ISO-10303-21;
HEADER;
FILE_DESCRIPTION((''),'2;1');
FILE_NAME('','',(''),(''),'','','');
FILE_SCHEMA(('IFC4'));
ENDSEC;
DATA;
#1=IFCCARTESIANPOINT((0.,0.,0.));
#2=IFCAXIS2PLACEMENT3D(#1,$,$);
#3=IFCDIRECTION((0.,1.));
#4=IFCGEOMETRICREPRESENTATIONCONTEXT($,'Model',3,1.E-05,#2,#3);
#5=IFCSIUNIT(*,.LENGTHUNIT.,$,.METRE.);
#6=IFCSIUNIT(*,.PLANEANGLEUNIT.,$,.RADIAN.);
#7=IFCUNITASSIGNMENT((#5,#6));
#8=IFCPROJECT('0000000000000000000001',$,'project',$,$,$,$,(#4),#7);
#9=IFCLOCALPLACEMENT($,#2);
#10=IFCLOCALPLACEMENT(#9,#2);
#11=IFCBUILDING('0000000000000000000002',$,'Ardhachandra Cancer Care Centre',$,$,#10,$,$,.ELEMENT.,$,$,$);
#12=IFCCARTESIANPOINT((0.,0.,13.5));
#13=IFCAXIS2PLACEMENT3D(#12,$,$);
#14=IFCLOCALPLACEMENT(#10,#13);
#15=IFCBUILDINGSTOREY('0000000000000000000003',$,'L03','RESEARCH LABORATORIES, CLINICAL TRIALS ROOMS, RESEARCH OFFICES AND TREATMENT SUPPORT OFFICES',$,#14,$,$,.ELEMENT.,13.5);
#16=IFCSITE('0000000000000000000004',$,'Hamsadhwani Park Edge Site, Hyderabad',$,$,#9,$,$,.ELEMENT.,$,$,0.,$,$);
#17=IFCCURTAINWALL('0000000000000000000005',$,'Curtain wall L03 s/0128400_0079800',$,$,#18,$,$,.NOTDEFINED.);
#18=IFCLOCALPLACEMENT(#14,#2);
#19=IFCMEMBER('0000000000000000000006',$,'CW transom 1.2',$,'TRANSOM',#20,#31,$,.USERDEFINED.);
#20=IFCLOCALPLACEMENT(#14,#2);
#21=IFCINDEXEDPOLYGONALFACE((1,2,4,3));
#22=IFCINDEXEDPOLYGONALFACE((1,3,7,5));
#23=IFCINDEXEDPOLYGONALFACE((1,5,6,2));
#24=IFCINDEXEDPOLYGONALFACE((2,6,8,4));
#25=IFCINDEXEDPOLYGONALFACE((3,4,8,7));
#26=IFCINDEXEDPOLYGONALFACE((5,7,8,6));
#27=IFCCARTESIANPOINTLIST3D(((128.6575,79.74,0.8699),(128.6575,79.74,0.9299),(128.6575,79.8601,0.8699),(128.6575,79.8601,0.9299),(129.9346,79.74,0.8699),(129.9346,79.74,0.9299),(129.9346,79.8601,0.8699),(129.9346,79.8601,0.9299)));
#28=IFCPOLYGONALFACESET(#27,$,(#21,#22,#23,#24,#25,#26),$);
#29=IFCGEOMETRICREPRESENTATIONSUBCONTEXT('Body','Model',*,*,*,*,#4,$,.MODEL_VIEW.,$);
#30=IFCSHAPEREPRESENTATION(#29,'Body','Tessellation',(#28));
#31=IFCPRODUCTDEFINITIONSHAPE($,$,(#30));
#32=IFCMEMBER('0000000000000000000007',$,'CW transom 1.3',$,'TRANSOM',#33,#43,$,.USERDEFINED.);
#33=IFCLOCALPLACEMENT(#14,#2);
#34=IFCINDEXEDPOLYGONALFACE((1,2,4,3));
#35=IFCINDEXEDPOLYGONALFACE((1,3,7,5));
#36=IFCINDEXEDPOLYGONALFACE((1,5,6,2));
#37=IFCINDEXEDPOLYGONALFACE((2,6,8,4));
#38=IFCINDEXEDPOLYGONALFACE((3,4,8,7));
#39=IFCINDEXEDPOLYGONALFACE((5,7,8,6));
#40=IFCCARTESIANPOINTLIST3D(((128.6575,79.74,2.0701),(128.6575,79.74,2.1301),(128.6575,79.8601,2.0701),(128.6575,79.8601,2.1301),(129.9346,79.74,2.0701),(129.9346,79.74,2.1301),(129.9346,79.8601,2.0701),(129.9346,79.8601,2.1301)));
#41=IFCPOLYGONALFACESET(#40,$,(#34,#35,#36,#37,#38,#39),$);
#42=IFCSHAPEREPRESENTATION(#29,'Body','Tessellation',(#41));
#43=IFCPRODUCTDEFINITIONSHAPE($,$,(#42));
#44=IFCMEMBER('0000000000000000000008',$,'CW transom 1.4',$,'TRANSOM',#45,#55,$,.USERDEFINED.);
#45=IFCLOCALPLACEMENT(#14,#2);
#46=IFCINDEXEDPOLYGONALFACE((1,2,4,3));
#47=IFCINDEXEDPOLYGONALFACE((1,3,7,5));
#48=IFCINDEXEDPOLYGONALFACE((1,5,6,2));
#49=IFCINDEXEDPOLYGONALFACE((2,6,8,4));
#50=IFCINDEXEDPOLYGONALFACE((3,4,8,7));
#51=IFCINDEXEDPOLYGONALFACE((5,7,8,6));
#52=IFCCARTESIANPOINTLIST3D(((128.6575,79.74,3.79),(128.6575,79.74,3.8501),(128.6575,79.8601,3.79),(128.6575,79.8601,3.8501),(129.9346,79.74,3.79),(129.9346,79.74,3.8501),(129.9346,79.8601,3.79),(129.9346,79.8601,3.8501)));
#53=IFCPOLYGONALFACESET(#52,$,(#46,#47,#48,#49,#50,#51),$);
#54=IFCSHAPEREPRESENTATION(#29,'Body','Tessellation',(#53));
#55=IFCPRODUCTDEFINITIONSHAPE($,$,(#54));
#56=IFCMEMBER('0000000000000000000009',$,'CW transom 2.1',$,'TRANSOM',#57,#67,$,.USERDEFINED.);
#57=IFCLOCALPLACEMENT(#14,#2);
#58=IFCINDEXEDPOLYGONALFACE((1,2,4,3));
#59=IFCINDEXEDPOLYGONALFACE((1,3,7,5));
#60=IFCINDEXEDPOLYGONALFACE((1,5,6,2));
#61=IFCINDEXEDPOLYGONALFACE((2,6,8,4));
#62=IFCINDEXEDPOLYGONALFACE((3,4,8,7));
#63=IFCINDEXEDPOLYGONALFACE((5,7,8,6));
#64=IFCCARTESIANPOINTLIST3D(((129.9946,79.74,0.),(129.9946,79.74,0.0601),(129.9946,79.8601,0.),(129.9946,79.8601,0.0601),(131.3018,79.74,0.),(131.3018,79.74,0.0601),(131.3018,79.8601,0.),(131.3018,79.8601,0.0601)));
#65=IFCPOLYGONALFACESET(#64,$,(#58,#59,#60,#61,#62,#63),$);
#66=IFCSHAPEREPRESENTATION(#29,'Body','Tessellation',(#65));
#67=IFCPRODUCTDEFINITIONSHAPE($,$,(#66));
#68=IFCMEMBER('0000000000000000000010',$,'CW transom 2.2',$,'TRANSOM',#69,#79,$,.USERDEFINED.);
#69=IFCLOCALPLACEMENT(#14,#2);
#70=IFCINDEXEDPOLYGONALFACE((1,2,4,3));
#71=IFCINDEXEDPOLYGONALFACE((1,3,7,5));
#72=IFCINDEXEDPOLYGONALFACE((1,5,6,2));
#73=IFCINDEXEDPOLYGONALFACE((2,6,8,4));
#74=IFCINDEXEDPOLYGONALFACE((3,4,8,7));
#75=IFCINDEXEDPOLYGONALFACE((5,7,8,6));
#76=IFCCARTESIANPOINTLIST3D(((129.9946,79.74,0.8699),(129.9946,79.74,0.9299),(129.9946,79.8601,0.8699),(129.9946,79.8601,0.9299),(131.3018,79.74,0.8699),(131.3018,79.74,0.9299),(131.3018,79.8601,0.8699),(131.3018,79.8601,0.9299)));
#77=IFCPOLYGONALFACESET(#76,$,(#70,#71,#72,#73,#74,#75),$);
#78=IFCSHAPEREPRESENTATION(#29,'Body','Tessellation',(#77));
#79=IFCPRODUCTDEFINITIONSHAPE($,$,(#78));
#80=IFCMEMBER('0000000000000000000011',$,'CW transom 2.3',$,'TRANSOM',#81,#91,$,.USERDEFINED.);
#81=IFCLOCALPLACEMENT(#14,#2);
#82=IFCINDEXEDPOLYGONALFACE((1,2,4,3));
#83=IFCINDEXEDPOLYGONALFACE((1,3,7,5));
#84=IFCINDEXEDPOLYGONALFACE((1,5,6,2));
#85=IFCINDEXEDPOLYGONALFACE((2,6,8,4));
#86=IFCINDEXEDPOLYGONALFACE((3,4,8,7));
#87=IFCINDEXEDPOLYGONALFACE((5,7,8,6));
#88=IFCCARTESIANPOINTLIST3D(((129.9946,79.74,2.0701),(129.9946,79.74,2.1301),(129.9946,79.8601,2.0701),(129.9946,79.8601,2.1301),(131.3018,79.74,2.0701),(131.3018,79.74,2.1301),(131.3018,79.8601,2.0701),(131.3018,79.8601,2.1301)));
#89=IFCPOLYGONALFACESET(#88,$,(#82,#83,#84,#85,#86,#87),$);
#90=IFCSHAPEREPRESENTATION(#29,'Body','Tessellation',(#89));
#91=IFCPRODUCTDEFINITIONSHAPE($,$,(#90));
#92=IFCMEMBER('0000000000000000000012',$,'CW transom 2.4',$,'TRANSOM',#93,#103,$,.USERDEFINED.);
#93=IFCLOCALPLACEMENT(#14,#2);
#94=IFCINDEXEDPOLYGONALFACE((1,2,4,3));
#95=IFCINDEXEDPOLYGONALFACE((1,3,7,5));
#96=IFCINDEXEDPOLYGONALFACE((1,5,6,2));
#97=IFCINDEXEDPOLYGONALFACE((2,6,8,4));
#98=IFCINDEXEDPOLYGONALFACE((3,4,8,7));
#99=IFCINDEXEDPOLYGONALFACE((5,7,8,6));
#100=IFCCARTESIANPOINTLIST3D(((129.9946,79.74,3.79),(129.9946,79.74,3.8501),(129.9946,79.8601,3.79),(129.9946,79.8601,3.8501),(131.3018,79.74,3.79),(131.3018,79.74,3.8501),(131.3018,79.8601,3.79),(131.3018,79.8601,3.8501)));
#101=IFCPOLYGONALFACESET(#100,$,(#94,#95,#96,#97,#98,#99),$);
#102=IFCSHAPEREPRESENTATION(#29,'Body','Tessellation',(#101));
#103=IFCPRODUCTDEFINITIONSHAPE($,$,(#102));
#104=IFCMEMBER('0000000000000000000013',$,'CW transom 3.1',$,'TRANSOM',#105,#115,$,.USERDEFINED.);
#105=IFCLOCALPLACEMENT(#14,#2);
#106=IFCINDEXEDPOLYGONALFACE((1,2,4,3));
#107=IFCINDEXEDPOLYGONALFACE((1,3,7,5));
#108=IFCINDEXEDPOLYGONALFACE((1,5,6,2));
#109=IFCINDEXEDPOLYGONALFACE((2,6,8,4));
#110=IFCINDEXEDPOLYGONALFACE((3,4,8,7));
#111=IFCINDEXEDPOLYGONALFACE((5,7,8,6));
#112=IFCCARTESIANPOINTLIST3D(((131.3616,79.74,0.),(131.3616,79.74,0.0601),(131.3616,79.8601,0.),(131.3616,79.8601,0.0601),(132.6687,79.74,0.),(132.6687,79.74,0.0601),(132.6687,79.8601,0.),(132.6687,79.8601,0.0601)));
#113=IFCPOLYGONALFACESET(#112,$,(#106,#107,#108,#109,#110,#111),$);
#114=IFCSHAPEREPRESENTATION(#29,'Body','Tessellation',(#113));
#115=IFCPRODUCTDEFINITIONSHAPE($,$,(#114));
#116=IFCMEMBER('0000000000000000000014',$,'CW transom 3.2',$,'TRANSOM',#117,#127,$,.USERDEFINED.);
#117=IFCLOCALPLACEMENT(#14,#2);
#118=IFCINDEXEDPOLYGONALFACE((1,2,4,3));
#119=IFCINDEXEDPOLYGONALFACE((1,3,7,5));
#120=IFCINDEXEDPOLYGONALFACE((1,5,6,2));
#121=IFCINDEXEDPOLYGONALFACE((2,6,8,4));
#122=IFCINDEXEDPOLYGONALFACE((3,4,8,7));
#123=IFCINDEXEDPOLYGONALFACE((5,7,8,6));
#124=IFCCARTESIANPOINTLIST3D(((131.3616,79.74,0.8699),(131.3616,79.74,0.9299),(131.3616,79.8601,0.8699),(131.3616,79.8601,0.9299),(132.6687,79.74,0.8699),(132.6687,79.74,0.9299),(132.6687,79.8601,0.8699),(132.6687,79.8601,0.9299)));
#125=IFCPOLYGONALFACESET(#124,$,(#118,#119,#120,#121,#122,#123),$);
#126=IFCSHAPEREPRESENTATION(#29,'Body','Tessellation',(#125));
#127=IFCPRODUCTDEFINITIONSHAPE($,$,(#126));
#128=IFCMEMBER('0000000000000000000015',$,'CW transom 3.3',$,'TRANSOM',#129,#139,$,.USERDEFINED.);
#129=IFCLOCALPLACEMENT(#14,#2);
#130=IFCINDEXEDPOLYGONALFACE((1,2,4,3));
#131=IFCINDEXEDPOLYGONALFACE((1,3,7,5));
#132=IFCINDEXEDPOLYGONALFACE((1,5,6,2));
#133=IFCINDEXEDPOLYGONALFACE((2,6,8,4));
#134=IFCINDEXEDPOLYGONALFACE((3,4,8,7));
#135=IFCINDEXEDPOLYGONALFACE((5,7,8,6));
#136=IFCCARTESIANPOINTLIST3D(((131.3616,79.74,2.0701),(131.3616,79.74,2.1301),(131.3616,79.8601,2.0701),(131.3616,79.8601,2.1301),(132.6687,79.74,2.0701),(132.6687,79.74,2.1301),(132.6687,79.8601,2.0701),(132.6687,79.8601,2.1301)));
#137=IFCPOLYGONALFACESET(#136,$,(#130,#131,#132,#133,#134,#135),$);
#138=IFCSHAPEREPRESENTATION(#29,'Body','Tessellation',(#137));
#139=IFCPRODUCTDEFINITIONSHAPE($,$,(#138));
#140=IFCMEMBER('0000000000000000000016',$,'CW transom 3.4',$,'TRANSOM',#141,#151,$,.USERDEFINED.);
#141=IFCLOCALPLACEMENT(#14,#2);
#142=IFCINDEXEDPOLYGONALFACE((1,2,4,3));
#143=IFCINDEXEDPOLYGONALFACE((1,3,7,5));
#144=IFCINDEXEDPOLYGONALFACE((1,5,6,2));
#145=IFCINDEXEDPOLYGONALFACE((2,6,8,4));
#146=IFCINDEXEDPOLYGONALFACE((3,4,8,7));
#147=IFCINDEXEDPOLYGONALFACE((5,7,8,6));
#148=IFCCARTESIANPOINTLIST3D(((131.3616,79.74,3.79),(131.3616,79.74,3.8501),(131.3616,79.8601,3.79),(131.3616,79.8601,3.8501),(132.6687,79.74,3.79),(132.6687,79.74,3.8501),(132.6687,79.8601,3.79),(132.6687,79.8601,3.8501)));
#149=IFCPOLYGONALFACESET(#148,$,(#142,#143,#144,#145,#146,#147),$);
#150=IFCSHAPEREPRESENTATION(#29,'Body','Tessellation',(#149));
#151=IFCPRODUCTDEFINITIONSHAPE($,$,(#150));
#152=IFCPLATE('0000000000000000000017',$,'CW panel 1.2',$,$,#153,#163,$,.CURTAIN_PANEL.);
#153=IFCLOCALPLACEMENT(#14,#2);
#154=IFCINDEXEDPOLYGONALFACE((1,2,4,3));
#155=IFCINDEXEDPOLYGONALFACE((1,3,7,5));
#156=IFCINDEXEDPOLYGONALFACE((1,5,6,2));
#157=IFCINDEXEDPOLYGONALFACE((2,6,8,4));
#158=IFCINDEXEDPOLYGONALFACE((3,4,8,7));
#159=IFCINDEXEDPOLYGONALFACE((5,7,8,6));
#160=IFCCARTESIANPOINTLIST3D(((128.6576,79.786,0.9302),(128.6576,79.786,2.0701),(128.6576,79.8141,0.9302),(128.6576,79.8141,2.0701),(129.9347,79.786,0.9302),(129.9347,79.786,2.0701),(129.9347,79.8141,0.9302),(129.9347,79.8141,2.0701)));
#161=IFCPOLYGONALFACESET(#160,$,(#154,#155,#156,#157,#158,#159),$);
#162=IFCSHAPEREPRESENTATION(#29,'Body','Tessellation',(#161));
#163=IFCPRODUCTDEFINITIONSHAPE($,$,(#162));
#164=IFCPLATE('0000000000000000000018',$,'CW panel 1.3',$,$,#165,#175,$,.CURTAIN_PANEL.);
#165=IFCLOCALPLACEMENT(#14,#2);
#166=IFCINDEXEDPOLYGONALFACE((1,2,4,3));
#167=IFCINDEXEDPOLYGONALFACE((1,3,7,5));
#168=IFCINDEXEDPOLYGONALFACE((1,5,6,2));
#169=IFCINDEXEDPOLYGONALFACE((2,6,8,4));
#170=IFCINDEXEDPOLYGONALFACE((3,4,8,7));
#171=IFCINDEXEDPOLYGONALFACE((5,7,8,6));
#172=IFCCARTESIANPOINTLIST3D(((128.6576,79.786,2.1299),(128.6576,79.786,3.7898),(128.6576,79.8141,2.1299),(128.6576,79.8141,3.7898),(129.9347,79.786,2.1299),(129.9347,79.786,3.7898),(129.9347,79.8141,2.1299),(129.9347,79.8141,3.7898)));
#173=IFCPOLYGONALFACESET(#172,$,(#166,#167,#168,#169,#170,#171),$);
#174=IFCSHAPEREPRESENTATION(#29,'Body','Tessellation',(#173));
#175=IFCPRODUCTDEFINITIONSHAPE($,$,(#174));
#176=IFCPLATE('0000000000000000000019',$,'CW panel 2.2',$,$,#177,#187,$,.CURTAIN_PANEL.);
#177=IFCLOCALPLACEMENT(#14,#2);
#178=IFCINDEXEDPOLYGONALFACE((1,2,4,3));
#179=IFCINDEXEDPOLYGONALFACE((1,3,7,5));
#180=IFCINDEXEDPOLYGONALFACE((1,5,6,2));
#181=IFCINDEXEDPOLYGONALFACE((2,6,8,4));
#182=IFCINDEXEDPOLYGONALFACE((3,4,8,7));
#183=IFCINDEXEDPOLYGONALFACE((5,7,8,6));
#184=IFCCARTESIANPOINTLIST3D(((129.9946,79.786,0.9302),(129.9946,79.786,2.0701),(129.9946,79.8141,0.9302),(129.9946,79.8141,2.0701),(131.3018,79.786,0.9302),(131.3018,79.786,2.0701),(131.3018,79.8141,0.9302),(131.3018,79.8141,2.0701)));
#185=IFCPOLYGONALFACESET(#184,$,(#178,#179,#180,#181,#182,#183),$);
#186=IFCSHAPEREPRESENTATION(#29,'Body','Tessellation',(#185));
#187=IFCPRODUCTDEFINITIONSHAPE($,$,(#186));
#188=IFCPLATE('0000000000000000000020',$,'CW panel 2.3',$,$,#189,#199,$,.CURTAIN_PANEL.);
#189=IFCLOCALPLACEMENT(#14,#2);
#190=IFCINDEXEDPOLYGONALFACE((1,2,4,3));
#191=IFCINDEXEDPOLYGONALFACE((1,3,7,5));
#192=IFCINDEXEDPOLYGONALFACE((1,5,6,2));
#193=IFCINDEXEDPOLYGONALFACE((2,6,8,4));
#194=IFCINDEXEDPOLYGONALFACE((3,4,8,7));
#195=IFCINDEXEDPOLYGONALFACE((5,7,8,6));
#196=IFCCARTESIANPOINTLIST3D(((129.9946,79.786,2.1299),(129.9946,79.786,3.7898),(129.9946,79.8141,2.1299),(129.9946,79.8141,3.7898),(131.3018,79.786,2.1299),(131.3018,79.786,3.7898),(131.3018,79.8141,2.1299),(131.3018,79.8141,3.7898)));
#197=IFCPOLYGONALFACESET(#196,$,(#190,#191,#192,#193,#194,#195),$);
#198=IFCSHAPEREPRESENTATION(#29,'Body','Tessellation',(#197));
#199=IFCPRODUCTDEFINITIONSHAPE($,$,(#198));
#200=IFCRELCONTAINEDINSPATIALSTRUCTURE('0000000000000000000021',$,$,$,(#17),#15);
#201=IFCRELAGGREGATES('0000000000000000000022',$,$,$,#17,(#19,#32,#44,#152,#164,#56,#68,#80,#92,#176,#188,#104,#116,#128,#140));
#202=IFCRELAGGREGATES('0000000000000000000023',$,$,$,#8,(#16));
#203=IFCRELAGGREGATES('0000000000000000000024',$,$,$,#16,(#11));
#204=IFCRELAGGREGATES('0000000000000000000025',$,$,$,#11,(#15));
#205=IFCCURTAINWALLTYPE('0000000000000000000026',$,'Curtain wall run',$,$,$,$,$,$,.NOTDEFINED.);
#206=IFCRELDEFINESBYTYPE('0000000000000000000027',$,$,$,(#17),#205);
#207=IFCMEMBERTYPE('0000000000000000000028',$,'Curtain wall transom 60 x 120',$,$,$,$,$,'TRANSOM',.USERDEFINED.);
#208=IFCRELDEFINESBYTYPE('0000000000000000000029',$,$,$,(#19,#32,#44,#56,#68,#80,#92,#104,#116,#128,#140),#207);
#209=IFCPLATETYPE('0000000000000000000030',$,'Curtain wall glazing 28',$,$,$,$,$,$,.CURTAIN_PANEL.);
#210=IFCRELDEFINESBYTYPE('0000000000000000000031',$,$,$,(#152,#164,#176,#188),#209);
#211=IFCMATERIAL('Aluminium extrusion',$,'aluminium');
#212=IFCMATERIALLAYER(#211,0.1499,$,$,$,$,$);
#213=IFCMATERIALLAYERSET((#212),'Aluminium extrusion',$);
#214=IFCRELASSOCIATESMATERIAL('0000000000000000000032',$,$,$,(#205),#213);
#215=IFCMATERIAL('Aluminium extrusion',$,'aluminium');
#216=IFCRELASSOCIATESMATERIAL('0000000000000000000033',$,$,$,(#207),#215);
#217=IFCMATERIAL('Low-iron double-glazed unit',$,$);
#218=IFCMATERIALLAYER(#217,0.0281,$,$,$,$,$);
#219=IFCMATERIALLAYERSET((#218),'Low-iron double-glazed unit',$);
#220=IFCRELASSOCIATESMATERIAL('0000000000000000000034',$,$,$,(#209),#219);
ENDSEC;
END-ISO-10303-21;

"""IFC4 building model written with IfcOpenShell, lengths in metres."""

from ifc_helpers import new_model, si_unit, direction, frame, origin, origin_2d, place, context, subcontext, project, spatial, rectangle, extrude, material, layer, layer_set, material_profile, profile_set, type_object, element, aggregate, save


model = new_model("IFC4")

# Units and contexts
model_context = context("Model", 3, precision=1e-05, world=origin(), true_north=direction((0.0, 1.0)))
body_context = subcontext(model_context, "Body", "Model", "MODEL_VIEW")
ifc_project = project(units=[si_unit("LENGTHUNIT", "METRE"), si_unit("PLANEANGLEUNIT", "RADIAN")], contexts=[model_context])

# Site, building, storey
site_placement = place(None, origin())
site = spatial("IfcSite", under=ifc_project, at=site_placement, Name="Hamsadhwani Park Edge Site, Hyderabad", CompositionType="ELEMENT", RefElevation=0.0)
building_placement = place(site_placement, origin())
building = spatial("IfcBuilding", under=site, at=building_placement, Name="Ardhachandra Cancer Care Centre", CompositionType="ELEMENT")
storey_placement = place(building_placement, frame((0.0, 0.0, 13.5)))
storey = spatial("IfcBuildingStorey", under=building, at=storey_placement, Name="L03", Description="RESEARCH LABORATORIES, CLINICAL TRIALS ROOMS, RESEARCH OFFICES AND TREATMENT SUPPORT OFFICES", CompositionType="ELEMENT", Elevation=13.5)

# Curtain wall, members, plates
ifc_material_1 = material(Name="Aluminium extrusion", Category="aluminium")
ifc_layer_1 = layer(ifc_material_1, 0.1499)
ifc_layer_set_1 = layer_set([ifc_layer_1], Name="Aluminium extrusion")
curtain_wall_type = type_object("IfcCurtainWallType", Name="Curtain wall run", PredefinedType="NOTDEFINED", material=ifc_layer_set_1)
curtain_wall_placement = place(storey_placement, origin())
curtain_wall = element("IfcCurtainWall", 1, at=curtain_wall_placement, inside=storey, type_object=curtain_wall_type, Name="Curtain wall L03 s/0128400_0079800", PredefinedType="NOTDEFINED")
ifc_material_2 = material(Name="Aluminium extrusion", Category="aluminium")
ifc_material_profile_1 = material_profile(ifc_material_2, rectangle(XDim=0.1201, YDim=0.0601, at=origin_2d()), Name="Curtain wall transom 60 x 120")
ifc_profile_set_1 = profile_set([ifc_material_profile_1], Name="Aluminium extrusion")
member_type_1 = type_object("IfcMemberType", Name="Curtain wall transom 60 x 120", ElementType="TRANSOM", PredefinedType="USERDEFINED", material=ifc_profile_set_1)
member_1_placement = place(storey_placement, frame((128.6575, 79.8, 0.8999), z_axis=(1.0, 0.0, 0.0), x_axis=(0.0, 1.0, 0.0)))
member_1 = element("IfcMember", 2, at=member_1_placement, type_object=member_type_1, Name="CW transom 1.2", ObjectType="TRANSOM", PredefinedType="USERDEFINED", context=body_context, shape_type="SweptSolid", body=[
    extrude(rectangle(XDim=0.1201, YDim=0.0601, at=origin_2d()), origin(), (0.0, 0.0, 1.0), 1.2771),
])
member_2_placement = place(storey_placement, frame((128.6575, 79.8, 2.1001), z_axis=(1.0, 0.0, 0.0), x_axis=(0.0, 1.0, 0.0)))
member_2 = element("IfcMember", 3, at=member_2_placement, type_object=member_type_1, Name="CW transom 1.3", ObjectType="TRANSOM", PredefinedType="USERDEFINED", context=body_context, shape_type="SweptSolid", body=[
    extrude(rectangle(XDim=0.1201, YDim=0.0601, at=origin_2d()), origin(), (0.0, 0.0, 1.0), 1.2771),
])
member_3_placement = place(storey_placement, frame((128.6575, 79.8, 3.8201), z_axis=(1.0, 0.0, 0.0), x_axis=(0.0, 1.0, 0.0)))
member_3 = element("IfcMember", 4, at=member_3_placement, type_object=member_type_1, Name="CW transom 1.4", ObjectType="TRANSOM", PredefinedType="USERDEFINED", context=body_context, shape_type="SweptSolid", body=[
    extrude(rectangle(XDim=0.1201, YDim=0.0601, at=origin_2d()), origin(), (0.0, 0.0, 1.0), 1.2771),
])
member_4_placement = place(storey_placement, frame((129.9946, 79.8, 0.03), z_axis=(1.0, 0.0, 0.0), x_axis=(0.0, 1.0, 0.0)))
member_4 = element("IfcMember", 5, at=member_4_placement, type_object=member_type_1, Name="CW transom 2.1", ObjectType="TRANSOM", PredefinedType="USERDEFINED", context=body_context, shape_type="SweptSolid", body=[
    extrude(rectangle(XDim=0.1201, YDim=0.0601, at=origin_2d()), origin(), (0.0, 0.0, 1.0), 1.3071),
])
member_5_placement = place(storey_placement, frame((129.9946, 79.8, 0.8999), z_axis=(1.0, 0.0, 0.0), x_axis=(0.0, 1.0, 0.0)))
member_5 = element("IfcMember", 6, at=member_5_placement, type_object=member_type_1, Name="CW transom 2.2", ObjectType="TRANSOM", PredefinedType="USERDEFINED", context=body_context, shape_type="SweptSolid", body=[
    extrude(rectangle(XDim=0.1201, YDim=0.0601, at=origin_2d()), origin(), (0.0, 0.0, 1.0), 1.3071),
])
member_6_placement = place(storey_placement, frame((129.9946, 79.8, 2.1001), z_axis=(1.0, 0.0, 0.0), x_axis=(0.0, 1.0, 0.0)))
member_6 = element("IfcMember", 7, at=member_6_placement, type_object=member_type_1, Name="CW transom 2.3", ObjectType="TRANSOM", PredefinedType="USERDEFINED", context=body_context, shape_type="SweptSolid", body=[
    extrude(rectangle(XDim=0.1201, YDim=0.0601, at=origin_2d()), origin(), (0.0, 0.0, 1.0), 1.3071),
])
member_7_placement = place(storey_placement, frame((129.9946, 79.8, 3.8201), z_axis=(1.0, 0.0, 0.0), x_axis=(0.0, 1.0, 0.0)))
member_7 = element("IfcMember", 8, at=member_7_placement, type_object=member_type_1, Name="CW transom 2.4", ObjectType="TRANSOM", PredefinedType="USERDEFINED", context=body_context, shape_type="SweptSolid", body=[
    extrude(rectangle(XDim=0.1201, YDim=0.0601, at=origin_2d()), origin(), (0.0, 0.0, 1.0), 1.3071),
])
member_8_placement = place(storey_placement, frame((131.3616, 79.8, 0.03), z_axis=(1.0, 0.0, 0.0), x_axis=(0.0, 1.0, 0.0)))
member_8 = element("IfcMember", 9, at=member_8_placement, type_object=member_type_1, Name="CW transom 3.1", ObjectType="TRANSOM", PredefinedType="USERDEFINED", context=body_context, shape_type="SweptSolid", body=[
    extrude(rectangle(XDim=0.1201, YDim=0.0601, at=origin_2d()), origin(), (0.0, 0.0, 1.0), 1.3071),
])
member_9_placement = place(storey_placement, frame((131.3616, 79.8, 0.8999), z_axis=(1.0, 0.0, 0.0), x_axis=(0.0, 1.0, 0.0)))
member_9 = element("IfcMember", 10, at=member_9_placement, type_object=member_type_1, Name="CW transom 3.2", ObjectType="TRANSOM", PredefinedType="USERDEFINED", context=body_context, shape_type="SweptSolid", body=[
    extrude(rectangle(XDim=0.1201, YDim=0.0601, at=origin_2d()), origin(), (0.0, 0.0, 1.0), 1.3071),
])
member_10_placement = place(storey_placement, frame((131.3616, 79.8, 2.1001), z_axis=(1.0, 0.0, 0.0), x_axis=(0.0, 1.0, 0.0)))
member_10 = element("IfcMember", 11, at=member_10_placement, type_object=member_type_1, Name="CW transom 3.3", ObjectType="TRANSOM", PredefinedType="USERDEFINED", context=body_context, shape_type="SweptSolid", body=[
    extrude(rectangle(XDim=0.1201, YDim=0.0601, at=origin_2d()), origin(), (0.0, 0.0, 1.0), 1.3071),
])
member_11_placement = place(storey_placement, frame((131.3616, 79.8, 3.8201), z_axis=(1.0, 0.0, 0.0), x_axis=(0.0, 1.0, 0.0)))
member_11 = element("IfcMember", 12, at=member_11_placement, type_object=member_type_1, Name="CW transom 3.4", ObjectType="TRANSOM", PredefinedType="USERDEFINED", context=body_context, shape_type="SweptSolid", body=[
    extrude(rectangle(XDim=0.1201, YDim=0.0601, at=origin_2d()), origin(), (0.0, 0.0, 1.0), 1.3071),
])
ifc_material_3 = material(Name="Low-iron double-glazed unit")
ifc_layer_2 = layer(ifc_material_3, 0.0281)
ifc_layer_set_2 = layer_set([ifc_layer_2], Name="Low-iron double-glazed unit")
plate_type_1 = type_object("IfcPlateType", Name="Curtain wall glazing 28", PredefinedType="CURTAIN_PANEL", material=ifc_layer_set_2)
plate_1_placement = place(storey_placement, frame((129.2961, 79.8, 0.9302), z_axis=(0.0, 0.0, 1.0), x_axis=(1.0, 0.0, 0.0)))
plate_1 = element("IfcPlate", 13, at=plate_1_placement, type_object=plate_type_1, Name="CW panel 1.2", PredefinedType="CURTAIN_PANEL", context=body_context, shape_type="SweptSolid", body=[
    extrude(rectangle(XDim=1.2771, YDim=0.0281, at=origin_2d()), origin(), (0.0, 0.0, 1.0), 1.1399),
])
plate_2_placement = place(storey_placement, frame((129.2961, 79.8, 2.1299), z_axis=(0.0, 0.0, 1.0), x_axis=(1.0, 0.0, 0.0)))
plate_2 = element("IfcPlate", 14, at=plate_2_placement, type_object=plate_type_1, Name="CW panel 1.3", PredefinedType="CURTAIN_PANEL", context=body_context, shape_type="SweptSolid", body=[
    extrude(rectangle(XDim=1.2771, YDim=0.0281, at=origin_2d()), origin(), (0.0, 0.0, 1.0), 1.6599),
])
plate_3_placement = place(storey_placement, frame((130.6482, 79.8, 0.9302), z_axis=(0.0, 0.0, 1.0), x_axis=(1.0, 0.0, 0.0)))
plate_3 = element("IfcPlate", 15, at=plate_3_placement, type_object=plate_type_1, Name="CW panel 2.2", PredefinedType="CURTAIN_PANEL", context=body_context, shape_type="SweptSolid", body=[
    extrude(rectangle(XDim=1.3071, YDim=0.0281, at=origin_2d()), origin(), (0.0, 0.0, 1.0), 1.1399),
])
plate_4_placement = place(storey_placement, frame((130.6482, 79.8, 2.1299), z_axis=(0.0, 0.0, 1.0), x_axis=(1.0, 0.0, 0.0)))
plate_4 = element("IfcPlate", 16, at=plate_4_placement, type_object=plate_type_1, Name="CW panel 2.3", PredefinedType="CURTAIN_PANEL", context=body_context, shape_type="SweptSolid", body=[
    extrude(rectangle(XDim=1.3071, YDim=0.0281, at=origin_2d()), origin(), (0.0, 0.0, 1.0), 1.6599),
])
aggregate(curtain_wall, [member_1, member_2, member_3, plate_1, plate_2, member_4, member_5, member_6, member_7, plate_3, plate_4, member_8, member_9, member_10, member_11])

save(model, "model.ifc")
